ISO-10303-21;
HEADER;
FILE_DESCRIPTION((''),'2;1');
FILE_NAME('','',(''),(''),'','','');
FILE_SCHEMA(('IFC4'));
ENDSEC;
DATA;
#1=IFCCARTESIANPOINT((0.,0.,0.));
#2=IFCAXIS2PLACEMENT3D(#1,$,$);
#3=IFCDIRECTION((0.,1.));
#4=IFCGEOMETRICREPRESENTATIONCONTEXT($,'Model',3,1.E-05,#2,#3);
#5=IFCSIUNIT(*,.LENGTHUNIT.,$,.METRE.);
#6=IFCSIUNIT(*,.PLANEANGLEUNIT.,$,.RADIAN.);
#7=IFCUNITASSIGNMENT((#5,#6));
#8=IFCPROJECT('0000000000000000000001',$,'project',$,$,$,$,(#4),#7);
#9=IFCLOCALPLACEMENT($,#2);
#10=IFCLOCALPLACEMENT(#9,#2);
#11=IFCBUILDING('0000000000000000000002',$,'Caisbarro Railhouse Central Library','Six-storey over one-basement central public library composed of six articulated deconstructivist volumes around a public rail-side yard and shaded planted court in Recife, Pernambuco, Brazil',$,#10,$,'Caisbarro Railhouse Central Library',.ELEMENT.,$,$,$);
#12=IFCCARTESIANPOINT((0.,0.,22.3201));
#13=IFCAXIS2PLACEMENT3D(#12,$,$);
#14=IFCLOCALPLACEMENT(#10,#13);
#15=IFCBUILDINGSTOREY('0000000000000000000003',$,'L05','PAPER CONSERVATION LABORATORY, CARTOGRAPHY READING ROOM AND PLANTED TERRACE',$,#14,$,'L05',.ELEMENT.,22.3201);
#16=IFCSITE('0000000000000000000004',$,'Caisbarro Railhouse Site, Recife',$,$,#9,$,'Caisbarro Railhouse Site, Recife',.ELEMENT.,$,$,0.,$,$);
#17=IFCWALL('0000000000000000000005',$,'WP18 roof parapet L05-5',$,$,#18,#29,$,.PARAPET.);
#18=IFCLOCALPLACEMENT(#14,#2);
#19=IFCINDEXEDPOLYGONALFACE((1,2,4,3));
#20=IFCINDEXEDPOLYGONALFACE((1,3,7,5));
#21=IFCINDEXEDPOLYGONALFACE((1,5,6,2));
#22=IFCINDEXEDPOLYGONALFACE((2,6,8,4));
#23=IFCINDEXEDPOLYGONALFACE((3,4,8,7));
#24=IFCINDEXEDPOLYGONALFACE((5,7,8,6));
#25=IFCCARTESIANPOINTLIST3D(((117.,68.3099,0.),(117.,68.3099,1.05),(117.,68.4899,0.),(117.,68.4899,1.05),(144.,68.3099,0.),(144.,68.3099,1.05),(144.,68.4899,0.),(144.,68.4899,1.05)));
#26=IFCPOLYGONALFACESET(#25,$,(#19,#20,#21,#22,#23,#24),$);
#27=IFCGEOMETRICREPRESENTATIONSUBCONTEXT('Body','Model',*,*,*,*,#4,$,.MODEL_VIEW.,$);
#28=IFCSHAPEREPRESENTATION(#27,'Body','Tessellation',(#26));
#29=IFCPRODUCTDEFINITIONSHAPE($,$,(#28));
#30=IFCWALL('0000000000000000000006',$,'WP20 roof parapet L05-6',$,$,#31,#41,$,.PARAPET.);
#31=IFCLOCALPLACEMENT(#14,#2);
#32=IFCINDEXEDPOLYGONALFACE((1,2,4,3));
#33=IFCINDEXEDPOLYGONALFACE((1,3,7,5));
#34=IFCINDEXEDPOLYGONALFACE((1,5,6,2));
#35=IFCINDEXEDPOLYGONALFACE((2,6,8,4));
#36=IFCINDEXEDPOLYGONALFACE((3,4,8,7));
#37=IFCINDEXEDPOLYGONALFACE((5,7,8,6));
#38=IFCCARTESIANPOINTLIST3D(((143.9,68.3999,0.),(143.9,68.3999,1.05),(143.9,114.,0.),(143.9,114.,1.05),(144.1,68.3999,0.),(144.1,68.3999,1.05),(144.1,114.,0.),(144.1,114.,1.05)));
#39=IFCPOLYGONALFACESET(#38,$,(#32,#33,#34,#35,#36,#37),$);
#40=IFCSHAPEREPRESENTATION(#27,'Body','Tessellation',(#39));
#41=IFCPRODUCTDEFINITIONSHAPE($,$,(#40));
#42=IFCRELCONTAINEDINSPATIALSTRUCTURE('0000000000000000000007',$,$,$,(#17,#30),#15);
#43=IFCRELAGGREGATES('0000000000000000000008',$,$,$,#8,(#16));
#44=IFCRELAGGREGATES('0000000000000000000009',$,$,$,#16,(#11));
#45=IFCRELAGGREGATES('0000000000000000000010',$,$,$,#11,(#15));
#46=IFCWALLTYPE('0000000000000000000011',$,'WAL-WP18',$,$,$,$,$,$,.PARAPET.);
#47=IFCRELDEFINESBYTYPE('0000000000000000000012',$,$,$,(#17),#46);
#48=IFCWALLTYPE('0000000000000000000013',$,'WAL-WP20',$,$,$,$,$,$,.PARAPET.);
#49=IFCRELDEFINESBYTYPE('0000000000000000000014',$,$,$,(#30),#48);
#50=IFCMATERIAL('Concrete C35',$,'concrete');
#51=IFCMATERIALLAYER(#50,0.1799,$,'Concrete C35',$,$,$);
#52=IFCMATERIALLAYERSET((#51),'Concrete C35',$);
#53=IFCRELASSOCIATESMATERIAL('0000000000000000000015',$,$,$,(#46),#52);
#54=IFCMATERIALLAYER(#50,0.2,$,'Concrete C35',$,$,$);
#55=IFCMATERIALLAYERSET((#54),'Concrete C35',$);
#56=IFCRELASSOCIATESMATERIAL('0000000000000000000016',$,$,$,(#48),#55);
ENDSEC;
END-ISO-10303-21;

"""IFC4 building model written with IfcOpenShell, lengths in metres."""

from ifc_helpers import new_model, si_unit, direction, frame, frame_2d, origin, place, context, subcontext, project, spatial, rectangle, extrude, material, layer, layer_set, type_object, element, save


model = new_model("IFC4")

# Units and contexts
model_context = context("Model", 3, precision=1e-05, world=origin(), true_north=direction((0.0, 1.0)))
body_context = subcontext(model_context, "Body", "Model", "MODEL_VIEW")
ifc_project = project(units=[si_unit("LENGTHUNIT", "METRE"), si_unit("PLANEANGLEUNIT", "RADIAN")], contexts=[model_context])

# Site, building, storey
site_placement = place(None, origin())
site = spatial("IfcSite", under=ifc_project, at=site_placement, Name="Caisbarro Railhouse Site, Recife", LongName="Caisbarro Railhouse Site, Recife", CompositionType="ELEMENT", RefElevation=0.0)
building_placement = place(site_placement, origin())
building = spatial("IfcBuilding", under=site, at=building_placement, Name="Caisbarro Railhouse Central Library", Description="Six-storey over one-basement central public library composed of six articulated deconstructivist volumes around a public rail-side yard and shaded planted court in Recife, Pernambuco, Brazil", LongName="Caisbarro Railhouse Central Library", CompositionType="ELEMENT")
storey_placement = place(building_placement, frame((0.0, 0.0, 22.3201)))
storey = spatial("IfcBuildingStorey", under=building, at=storey_placement, Name="L05", Description="PAPER CONSERVATION LABORATORY, CARTOGRAPHY READING ROOM AND PLANTED TERRACE", LongName="L05", CompositionType="ELEMENT", Elevation=22.3201)

# Walls
ifc_material_1 = material(Name="Concrete C35", Category="concrete")
ifc_layer_1 = layer(ifc_material_1, 0.1799, Name="Concrete C35")
ifc_layer_set_1 = layer_set([ifc_layer_1], Name="Concrete C35")
wall_type_1 = type_object("IfcWallType", Name="WAL-WP18", PredefinedType="PARAPET", material=ifc_layer_set_1)
wall_1_placement = place(storey_placement, frame((117.0, 68.3999, 0.0), z_axis=(0.0, 0.0, 1.0), x_axis=(1.0, 0.0, 0.0)))
element("IfcWall", 1, at=wall_1_placement, inside=storey, type_object=wall_type_1, Name="WP18 roof parapet L05-5", PredefinedType="PARAPET", context=body_context, shape_type="SweptSolid", body=[
    extrude(rectangle(XDim=27.0, YDim=0.1799, at=frame_2d((13.5, 0.0))), origin(), (0.0, 0.0, 1.0), 1.05),
])
ifc_layer_2 = layer(ifc_material_1, 0.2, Name="Concrete C35")
ifc_layer_set_2 = layer_set([ifc_layer_2], Name="Concrete C35")
wall_type_2 = type_object("IfcWallType", Name="WAL-WP20", PredefinedType="PARAPET", material=ifc_layer_set_2)
wall_2_placement = place(storey_placement, frame((144.0, 68.3999, 0.0), z_axis=(0.0, 0.0, 1.0), x_axis=(0.0, 1.0, 0.0)))
element("IfcWall", 2, at=wall_2_placement, inside=storey, type_object=wall_type_2, Name="WP20 roof parapet L05-6", PredefinedType="PARAPET", context=body_context, shape_type="SweptSolid", body=[
    extrude(rectangle(XDim=45.6001, YDim=0.2, at=frame_2d((22.8, 0.0))), origin(), (0.0, 0.0, 1.0), 1.05),
])

save(model, "model.ifc")
